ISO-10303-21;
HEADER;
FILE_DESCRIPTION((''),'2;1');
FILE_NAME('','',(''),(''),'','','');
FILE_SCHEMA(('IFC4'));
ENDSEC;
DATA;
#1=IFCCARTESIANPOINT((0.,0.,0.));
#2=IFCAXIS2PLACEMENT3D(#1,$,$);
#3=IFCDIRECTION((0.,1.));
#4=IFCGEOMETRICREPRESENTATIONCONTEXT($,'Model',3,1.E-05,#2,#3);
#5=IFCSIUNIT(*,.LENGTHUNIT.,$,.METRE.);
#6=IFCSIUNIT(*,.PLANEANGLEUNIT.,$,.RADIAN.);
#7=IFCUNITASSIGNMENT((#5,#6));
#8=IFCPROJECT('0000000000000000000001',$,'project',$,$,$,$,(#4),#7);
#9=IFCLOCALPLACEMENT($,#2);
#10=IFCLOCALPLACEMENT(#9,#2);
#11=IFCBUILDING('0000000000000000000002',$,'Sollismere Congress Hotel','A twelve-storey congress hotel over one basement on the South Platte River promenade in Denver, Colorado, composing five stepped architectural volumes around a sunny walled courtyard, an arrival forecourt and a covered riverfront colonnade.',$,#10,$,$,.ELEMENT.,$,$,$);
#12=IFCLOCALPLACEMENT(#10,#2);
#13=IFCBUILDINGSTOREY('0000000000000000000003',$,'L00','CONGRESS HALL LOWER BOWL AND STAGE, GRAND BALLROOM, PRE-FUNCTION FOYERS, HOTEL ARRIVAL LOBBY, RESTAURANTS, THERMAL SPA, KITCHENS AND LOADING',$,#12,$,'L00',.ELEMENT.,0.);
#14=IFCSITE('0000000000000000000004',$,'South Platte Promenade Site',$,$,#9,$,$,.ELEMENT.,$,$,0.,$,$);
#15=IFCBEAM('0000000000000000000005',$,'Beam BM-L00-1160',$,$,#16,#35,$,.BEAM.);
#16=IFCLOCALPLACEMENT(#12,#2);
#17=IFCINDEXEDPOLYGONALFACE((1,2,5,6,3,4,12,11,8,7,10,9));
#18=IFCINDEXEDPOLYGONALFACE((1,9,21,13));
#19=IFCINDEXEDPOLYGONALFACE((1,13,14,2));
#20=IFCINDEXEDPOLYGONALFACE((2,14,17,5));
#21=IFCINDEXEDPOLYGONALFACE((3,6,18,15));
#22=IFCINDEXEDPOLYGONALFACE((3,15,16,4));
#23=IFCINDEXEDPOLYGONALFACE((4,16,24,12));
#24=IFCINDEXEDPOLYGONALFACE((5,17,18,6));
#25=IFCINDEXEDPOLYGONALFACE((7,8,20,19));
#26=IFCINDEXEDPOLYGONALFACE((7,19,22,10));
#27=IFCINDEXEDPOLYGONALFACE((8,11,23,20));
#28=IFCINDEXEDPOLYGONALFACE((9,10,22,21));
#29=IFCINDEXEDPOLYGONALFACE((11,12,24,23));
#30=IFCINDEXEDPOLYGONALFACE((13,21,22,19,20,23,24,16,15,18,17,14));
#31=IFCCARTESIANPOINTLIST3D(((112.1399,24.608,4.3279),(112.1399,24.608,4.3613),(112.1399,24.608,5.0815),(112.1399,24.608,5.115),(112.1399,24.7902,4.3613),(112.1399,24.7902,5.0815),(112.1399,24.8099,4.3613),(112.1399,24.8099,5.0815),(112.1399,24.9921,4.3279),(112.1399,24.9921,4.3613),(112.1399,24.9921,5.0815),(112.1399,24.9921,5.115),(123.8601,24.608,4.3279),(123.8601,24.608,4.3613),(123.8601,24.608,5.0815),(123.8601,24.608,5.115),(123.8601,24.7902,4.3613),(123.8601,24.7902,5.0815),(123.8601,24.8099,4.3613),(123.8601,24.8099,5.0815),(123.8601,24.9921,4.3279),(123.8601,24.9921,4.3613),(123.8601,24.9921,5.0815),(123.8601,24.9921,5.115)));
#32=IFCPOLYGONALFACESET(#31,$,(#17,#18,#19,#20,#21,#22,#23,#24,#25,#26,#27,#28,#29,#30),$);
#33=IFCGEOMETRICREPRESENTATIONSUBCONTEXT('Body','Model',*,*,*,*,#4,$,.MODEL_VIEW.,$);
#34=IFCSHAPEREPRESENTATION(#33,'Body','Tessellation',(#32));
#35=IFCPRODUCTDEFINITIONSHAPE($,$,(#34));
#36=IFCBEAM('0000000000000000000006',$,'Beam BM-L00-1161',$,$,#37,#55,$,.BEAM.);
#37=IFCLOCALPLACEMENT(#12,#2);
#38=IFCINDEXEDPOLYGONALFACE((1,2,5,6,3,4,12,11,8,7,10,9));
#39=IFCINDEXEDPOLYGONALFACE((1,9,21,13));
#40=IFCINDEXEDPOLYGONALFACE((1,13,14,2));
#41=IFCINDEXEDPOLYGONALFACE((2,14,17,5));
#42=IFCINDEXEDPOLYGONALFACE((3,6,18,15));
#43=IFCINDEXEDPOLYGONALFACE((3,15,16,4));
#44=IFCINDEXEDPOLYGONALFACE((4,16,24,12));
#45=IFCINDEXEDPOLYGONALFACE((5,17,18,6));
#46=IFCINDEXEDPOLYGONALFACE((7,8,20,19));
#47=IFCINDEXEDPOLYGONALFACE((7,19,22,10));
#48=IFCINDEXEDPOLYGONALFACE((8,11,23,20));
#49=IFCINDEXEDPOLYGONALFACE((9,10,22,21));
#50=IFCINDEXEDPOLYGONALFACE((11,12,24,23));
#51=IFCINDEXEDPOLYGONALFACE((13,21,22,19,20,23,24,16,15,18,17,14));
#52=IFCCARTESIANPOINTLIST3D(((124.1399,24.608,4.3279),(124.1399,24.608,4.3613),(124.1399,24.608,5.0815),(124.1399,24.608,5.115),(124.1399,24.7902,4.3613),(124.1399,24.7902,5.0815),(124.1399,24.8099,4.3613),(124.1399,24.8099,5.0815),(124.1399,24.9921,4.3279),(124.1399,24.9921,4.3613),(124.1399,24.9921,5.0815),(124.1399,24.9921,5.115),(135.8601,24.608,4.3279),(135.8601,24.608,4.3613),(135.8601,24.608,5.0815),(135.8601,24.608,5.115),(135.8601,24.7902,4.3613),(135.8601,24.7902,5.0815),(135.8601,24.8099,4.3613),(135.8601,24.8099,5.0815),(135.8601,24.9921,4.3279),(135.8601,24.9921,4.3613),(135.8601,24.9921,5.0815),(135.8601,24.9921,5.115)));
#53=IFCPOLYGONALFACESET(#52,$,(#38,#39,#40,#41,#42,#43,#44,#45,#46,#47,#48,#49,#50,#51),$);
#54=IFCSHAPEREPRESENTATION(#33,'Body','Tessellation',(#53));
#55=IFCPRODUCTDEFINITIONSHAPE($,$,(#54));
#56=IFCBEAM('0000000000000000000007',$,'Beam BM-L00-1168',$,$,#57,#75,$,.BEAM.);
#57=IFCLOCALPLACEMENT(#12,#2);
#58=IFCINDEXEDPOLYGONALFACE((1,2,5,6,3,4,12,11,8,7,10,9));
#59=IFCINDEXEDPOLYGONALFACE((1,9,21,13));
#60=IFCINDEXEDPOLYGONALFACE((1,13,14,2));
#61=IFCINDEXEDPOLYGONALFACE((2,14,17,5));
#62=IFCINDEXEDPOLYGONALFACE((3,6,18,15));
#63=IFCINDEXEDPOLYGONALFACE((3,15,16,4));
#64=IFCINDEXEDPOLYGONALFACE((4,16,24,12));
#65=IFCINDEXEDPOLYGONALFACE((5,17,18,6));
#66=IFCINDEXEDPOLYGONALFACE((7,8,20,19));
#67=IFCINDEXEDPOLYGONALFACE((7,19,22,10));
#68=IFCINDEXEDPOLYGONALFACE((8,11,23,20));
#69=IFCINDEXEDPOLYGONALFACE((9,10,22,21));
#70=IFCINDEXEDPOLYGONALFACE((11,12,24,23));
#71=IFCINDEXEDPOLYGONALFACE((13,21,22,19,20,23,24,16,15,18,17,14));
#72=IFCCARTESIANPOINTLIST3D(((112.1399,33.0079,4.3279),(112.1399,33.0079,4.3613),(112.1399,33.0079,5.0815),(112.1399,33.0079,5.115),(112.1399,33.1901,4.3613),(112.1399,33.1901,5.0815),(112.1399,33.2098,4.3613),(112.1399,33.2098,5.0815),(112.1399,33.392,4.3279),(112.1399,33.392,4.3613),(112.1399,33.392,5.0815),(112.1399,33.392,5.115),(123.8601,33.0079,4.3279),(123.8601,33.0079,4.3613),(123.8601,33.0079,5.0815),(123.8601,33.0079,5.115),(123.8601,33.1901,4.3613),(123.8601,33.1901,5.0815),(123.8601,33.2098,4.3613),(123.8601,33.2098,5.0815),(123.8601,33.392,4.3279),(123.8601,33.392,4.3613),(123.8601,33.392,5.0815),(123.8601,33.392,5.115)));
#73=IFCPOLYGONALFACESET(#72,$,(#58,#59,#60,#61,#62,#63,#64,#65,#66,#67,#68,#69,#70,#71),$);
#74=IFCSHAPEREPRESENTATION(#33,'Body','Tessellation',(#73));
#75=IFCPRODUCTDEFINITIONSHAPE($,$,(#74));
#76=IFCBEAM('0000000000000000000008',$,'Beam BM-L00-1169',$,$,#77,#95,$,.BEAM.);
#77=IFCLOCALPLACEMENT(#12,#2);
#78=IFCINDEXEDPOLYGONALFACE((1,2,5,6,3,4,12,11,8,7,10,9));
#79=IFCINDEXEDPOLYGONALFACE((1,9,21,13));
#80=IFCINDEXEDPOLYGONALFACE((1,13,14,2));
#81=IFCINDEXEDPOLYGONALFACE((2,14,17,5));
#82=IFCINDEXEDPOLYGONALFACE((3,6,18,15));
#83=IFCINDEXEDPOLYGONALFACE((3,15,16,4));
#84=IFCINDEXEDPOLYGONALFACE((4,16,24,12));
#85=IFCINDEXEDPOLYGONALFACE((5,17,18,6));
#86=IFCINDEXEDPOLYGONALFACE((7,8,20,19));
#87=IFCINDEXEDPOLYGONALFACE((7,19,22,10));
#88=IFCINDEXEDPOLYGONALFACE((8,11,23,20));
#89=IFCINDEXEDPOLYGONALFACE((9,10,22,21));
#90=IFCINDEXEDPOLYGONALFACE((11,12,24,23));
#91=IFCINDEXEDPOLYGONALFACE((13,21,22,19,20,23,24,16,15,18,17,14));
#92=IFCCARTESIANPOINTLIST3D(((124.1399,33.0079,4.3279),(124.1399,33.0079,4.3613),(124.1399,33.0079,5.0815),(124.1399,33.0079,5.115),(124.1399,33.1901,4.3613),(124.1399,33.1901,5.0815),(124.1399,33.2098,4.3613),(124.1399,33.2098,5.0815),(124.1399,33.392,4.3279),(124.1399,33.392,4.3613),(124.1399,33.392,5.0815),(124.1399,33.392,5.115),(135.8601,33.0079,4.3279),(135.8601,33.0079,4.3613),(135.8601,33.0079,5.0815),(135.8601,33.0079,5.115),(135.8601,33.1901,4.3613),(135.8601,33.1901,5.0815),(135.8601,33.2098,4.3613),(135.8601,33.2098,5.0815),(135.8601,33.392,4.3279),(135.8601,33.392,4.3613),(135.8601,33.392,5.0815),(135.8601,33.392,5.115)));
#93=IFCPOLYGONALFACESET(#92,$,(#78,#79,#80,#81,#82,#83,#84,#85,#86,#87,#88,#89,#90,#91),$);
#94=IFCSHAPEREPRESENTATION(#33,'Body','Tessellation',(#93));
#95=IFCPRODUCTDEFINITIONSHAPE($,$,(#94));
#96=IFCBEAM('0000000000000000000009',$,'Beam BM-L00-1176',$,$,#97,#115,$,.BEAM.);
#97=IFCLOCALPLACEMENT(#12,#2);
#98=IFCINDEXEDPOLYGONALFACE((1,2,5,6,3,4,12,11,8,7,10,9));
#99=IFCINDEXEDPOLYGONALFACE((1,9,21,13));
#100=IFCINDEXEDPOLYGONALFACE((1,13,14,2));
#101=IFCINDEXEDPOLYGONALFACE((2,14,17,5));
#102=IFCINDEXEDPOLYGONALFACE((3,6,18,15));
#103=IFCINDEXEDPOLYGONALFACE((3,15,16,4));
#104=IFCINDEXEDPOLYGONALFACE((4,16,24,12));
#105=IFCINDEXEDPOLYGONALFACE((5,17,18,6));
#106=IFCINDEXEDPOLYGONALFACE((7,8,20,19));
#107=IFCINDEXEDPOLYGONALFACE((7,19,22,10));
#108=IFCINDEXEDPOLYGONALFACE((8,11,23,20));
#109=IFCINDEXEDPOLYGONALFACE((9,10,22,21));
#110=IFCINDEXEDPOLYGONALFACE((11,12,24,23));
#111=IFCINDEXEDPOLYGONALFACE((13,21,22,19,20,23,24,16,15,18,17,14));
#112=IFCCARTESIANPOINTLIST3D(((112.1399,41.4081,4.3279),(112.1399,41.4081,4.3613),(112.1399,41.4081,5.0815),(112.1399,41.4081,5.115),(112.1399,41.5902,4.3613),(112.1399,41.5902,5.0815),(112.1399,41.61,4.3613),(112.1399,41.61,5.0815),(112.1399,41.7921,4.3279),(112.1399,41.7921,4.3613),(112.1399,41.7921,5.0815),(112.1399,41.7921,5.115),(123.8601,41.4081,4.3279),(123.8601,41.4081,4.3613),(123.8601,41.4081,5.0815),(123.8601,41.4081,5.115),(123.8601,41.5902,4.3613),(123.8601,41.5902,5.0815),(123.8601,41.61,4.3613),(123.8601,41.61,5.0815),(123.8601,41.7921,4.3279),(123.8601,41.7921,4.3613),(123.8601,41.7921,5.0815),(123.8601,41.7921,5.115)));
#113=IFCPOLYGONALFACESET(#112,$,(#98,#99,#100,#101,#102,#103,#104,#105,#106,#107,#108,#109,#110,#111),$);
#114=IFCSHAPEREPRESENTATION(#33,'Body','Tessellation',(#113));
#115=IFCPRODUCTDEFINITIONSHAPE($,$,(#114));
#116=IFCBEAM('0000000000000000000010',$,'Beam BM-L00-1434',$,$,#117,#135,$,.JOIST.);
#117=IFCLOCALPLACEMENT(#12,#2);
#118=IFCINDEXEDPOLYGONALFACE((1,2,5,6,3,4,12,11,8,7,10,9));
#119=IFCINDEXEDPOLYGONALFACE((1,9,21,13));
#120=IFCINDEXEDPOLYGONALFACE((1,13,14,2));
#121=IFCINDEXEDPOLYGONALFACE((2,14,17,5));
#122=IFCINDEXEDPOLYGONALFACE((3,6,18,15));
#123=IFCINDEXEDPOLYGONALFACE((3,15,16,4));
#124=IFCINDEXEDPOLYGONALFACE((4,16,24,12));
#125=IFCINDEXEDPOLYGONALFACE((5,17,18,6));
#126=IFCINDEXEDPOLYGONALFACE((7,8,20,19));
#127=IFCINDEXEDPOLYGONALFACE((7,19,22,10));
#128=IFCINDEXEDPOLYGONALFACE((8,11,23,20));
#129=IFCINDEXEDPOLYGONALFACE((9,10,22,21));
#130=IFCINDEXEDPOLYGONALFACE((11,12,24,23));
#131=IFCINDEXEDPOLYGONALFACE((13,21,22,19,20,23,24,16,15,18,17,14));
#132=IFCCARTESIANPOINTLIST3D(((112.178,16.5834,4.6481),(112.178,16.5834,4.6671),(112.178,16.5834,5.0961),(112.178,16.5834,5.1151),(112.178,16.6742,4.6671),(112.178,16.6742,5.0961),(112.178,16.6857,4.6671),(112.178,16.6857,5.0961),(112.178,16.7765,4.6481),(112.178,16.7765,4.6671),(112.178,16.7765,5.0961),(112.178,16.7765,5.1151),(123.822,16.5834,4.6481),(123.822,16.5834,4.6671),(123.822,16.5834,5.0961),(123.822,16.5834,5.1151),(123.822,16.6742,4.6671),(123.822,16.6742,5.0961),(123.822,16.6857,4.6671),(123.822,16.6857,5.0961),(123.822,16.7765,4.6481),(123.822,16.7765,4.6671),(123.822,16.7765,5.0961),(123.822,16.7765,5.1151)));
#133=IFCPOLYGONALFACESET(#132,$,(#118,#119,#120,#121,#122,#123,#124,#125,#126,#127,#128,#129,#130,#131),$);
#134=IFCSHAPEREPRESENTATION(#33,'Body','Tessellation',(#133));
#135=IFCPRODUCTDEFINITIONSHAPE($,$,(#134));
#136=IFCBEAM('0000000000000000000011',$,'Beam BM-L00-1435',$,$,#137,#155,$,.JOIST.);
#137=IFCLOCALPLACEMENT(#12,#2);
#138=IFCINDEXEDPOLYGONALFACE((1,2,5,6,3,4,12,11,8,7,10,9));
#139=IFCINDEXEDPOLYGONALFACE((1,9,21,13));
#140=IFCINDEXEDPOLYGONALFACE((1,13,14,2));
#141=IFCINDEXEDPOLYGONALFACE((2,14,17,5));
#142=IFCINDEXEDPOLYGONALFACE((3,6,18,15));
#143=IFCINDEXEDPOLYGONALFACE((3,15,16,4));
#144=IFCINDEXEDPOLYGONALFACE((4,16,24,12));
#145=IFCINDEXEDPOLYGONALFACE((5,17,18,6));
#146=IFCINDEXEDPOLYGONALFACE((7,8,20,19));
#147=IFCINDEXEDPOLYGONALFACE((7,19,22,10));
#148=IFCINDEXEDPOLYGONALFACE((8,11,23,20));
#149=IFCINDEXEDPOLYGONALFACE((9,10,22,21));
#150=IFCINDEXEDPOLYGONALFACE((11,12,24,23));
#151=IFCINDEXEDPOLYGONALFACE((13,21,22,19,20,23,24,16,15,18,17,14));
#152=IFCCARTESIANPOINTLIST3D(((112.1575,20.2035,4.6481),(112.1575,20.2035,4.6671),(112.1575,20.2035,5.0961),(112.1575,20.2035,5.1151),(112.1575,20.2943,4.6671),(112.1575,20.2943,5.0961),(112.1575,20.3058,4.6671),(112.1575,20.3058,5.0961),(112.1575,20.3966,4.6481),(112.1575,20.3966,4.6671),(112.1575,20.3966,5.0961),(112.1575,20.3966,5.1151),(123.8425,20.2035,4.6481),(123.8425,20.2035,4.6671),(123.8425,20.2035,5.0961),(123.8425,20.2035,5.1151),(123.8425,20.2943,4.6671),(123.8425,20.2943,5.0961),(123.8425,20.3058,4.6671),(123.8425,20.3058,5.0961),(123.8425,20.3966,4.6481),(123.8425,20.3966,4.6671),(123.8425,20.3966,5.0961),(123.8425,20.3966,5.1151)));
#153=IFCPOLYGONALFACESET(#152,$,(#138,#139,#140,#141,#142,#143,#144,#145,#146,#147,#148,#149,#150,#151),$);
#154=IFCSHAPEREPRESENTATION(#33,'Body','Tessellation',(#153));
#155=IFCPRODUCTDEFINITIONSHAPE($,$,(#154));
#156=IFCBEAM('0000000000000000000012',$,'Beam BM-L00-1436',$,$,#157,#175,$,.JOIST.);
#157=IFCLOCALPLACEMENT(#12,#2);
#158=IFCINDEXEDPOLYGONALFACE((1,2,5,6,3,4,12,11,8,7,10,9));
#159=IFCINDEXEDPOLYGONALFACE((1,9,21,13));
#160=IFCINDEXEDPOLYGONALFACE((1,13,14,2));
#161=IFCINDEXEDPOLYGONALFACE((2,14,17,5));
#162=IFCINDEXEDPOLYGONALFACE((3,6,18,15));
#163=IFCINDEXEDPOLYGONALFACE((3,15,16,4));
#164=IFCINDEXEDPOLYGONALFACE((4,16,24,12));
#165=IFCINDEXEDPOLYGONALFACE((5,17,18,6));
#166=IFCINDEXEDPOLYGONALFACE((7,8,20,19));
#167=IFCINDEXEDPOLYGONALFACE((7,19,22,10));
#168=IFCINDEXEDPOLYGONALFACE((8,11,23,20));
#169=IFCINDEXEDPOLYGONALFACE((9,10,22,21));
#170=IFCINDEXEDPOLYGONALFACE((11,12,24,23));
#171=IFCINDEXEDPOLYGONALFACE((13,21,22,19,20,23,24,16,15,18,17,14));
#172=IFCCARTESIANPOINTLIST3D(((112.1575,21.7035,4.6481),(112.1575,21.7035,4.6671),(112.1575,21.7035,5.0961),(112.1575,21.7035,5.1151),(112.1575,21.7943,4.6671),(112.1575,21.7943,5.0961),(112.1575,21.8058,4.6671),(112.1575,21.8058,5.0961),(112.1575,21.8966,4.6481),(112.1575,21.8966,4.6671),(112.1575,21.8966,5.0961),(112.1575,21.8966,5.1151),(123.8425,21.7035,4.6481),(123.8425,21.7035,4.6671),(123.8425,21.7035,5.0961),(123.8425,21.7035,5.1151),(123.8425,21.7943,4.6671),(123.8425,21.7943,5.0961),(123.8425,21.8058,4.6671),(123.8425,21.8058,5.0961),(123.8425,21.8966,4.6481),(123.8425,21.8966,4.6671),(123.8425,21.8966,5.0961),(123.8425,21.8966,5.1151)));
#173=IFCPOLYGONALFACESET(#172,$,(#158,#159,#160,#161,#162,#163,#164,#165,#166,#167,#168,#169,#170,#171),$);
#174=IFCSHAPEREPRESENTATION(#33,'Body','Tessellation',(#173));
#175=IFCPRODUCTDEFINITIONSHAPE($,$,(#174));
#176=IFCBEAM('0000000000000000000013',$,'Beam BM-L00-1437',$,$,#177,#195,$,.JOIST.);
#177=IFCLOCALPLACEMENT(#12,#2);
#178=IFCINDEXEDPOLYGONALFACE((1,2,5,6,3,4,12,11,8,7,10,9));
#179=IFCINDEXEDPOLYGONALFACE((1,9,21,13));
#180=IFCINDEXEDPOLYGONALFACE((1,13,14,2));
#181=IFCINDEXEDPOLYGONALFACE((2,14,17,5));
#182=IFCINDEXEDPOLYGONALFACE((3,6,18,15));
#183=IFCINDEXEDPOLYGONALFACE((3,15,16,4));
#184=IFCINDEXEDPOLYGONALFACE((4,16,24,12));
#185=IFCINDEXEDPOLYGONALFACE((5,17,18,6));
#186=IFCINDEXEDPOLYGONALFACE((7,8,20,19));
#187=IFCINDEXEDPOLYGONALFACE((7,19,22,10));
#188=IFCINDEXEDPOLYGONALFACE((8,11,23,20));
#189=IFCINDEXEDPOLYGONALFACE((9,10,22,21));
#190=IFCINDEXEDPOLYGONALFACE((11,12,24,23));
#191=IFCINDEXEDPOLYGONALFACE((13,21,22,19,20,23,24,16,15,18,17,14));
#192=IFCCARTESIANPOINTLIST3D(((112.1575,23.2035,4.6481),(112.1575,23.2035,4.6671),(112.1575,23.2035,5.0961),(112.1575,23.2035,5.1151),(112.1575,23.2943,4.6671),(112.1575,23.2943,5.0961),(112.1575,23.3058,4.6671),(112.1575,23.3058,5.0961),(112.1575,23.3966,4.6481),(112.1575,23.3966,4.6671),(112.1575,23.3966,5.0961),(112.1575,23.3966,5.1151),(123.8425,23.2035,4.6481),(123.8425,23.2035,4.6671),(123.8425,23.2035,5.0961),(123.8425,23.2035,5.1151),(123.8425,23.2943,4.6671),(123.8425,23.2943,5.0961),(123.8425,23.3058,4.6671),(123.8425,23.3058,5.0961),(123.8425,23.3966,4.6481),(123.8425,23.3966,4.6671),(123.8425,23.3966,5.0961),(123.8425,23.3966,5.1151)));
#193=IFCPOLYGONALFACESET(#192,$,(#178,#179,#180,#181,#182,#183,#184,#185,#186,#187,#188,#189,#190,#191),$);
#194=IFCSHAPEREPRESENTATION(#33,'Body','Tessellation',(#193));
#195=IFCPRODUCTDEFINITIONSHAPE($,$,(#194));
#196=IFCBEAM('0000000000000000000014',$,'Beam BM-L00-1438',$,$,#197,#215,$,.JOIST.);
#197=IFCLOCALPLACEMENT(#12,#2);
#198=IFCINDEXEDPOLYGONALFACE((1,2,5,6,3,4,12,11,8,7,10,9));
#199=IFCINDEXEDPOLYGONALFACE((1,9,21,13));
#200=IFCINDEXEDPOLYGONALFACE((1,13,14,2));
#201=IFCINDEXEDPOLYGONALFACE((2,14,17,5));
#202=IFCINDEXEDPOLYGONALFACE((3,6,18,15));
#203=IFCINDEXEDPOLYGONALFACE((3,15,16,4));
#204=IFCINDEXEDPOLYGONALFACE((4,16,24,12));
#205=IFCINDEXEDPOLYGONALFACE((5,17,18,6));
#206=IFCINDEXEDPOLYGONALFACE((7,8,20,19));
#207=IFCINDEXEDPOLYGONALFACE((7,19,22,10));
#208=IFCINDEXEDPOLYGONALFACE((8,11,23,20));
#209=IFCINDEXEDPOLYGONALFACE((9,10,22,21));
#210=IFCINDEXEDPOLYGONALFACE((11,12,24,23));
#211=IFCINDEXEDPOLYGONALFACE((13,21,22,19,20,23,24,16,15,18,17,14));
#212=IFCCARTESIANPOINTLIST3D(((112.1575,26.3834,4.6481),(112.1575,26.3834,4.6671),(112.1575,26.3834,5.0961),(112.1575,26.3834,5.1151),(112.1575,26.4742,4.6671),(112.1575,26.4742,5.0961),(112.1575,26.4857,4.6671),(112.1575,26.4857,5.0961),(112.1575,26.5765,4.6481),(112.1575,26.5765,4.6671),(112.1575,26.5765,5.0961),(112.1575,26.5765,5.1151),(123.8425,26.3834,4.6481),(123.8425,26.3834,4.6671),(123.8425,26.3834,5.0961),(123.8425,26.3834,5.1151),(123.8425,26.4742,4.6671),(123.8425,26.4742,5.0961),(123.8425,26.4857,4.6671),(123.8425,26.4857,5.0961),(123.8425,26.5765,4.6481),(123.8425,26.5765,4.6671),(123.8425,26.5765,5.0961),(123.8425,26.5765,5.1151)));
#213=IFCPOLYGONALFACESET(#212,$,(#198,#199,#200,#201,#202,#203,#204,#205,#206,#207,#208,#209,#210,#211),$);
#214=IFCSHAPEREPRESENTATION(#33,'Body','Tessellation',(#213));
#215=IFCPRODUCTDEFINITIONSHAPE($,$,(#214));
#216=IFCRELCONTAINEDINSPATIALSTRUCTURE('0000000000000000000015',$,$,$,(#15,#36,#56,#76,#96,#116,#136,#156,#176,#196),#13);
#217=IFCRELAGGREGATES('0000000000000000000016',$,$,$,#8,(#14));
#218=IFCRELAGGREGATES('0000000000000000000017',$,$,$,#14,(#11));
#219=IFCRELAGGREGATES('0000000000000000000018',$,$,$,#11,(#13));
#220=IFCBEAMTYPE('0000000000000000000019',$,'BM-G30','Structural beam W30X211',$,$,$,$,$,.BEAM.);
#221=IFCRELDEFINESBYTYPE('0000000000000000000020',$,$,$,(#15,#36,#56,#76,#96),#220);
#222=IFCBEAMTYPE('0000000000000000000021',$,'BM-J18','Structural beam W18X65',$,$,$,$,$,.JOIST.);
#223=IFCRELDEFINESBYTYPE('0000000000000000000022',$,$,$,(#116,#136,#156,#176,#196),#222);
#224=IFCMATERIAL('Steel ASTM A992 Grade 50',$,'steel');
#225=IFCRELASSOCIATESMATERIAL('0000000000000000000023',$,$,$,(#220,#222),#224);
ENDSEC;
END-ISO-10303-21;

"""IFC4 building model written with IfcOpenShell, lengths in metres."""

from ifc_helpers import new_model, si_unit, direction, frame, origin, origin_2d, place, context, subcontext, project, spatial, i_section, extrude, material, material_profile, profile_set, type_object, element, save


model = new_model("IFC4")

# Units and contexts
model_context = context("Model", 3, precision=1e-05, world=origin(), true_north=direction((0.0, 1.0)))
body_context = subcontext(model_context, "Body", "Model", "MODEL_VIEW")
ifc_project = project(units=[si_unit("LENGTHUNIT", "METRE"), si_unit("PLANEANGLEUNIT", "RADIAN")], contexts=[model_context])

# Site, building, storey
site_placement = place(None, origin())
site = spatial("IfcSite", under=ifc_project, at=site_placement, Name="South Platte Promenade Site", CompositionType="ELEMENT", RefElevation=0.0)
building_placement = place(site_placement, origin())
building = spatial("IfcBuilding", under=site, at=building_placement, Name="Sollismere Congress Hotel", Description="A twelve-storey congress hotel over one basement on the South Platte River promenade in Denver, Colorado, composing five stepped architectural volumes around a sunny walled courtyard, an arrival forecourt and a covered riverfront colonnade.", CompositionType="ELEMENT")
storey_placement = place(building_placement, origin())
storey = spatial("IfcBuildingStorey", under=building, at=storey_placement, Name="L00", Description="CONGRESS HALL LOWER BOWL AND STAGE, GRAND BALLROOM, PRE-FUNCTION FOYERS, HOTEL ARRIVAL LOBBY, RESTAURANTS, THERMAL SPA, KITCHENS AND LOADING", LongName="L00", CompositionType="ELEMENT", Elevation=0.0)

# Shared definitions
ifc_material_1 = material(Name="Steel ASTM A992 Grade 50", Category="steel")

# Beams
ifc_material_profile_1 = material_profile(ifc_material_1, i_section(OverallWidth=0.384, OverallDepth=0.7871, WebThickness=0.0198, FlangeThickness=0.0334, at=origin_2d()), Name="W30X211")
ifc_profile_set_1 = profile_set([ifc_material_profile_1], Name="Steel ASTM A992 Grade 50")
beam_type_1 = type_object("IfcBeamType", Name="BM-G30", Description="Structural beam W30X211", PredefinedType="BEAM", material=ifc_profile_set_1)
for number, where, z_axis, x_axis, name in (
    (1, (112.1399, 24.8, 4.7214), (1.0, 0.0, 0.0), (0.0, 1.0, 0.0), "Beam BM-L00-1160"),
    (2, (124.1399, 24.8, 4.7214), (1.0, 0.0, 0.0), (0.0, 1.0, 0.0), "Beam BM-L00-1161"),
    (3, (112.1399, 33.2, 4.7214), (1.0, 0.0, 0.0), (0.0, 1.0, 0.0), "Beam BM-L00-1168"),
    (4, (124.1399, 33.2, 4.7214), (1.0, 0.0, 0.0), (0.0, 1.0, 0.0), "Beam BM-L00-1169"),
    (5, (112.1399, 41.6001, 4.7214), (1.0, 0.0, 0.0), (0.0, 1.0, 0.0), "Beam BM-L00-1176"),
):
    element("IfcBeam", number, at=place(storey_placement, frame(where, z_axis=z_axis, x_axis=x_axis)), inside=storey, type_object=beam_type_1, Name=name, PredefinedType="BEAM", context=body_context, shape_type="SweptSolid", body=[
        extrude(i_section(OverallWidth=0.384, OverallDepth=0.7871, WebThickness=0.0198, FlangeThickness=0.0334, at=origin_2d()), origin(), (0.0, 0.0, 1.0), 11.7202),
    ])
ifc_material_profile_2 = material_profile(ifc_material_1, i_section(OverallWidth=0.1931, OverallDepth=0.467, WebThickness=0.0115, FlangeThickness=0.019, at=origin_2d()), Name="W18X65")
ifc_profile_set_2 = profile_set([ifc_material_profile_2], Name="Steel ASTM A992 Grade 50")
beam_type_2 = type_object("IfcBeamType", Name="BM-J18", Description="Structural beam W18X65", PredefinedType="JOIST", material=ifc_profile_set_2)
beam_1_placement = place(storey_placement, frame((112.178, 16.6799, 4.8816), z_axis=(1.0, 0.0, 0.0), x_axis=(0.0, 1.0, 0.0)))
element("IfcBeam", 6, at=beam_1_placement, inside=storey, type_object=beam_type_2, Name="Beam BM-L00-1434", PredefinedType="JOIST", context=body_context, shape_type="SweptSolid", body=[
    extrude(i_section(OverallWidth=0.1931, OverallDepth=0.467, WebThickness=0.0115, FlangeThickness=0.019, at=origin_2d()), origin(), (0.0, 0.0, 1.0), 11.644),
])
for number, where, z_axis, x_axis, name in (
    (7, (112.1575, 20.3, 4.8816), (1.0, 0.0, 0.0), (0.0, 1.0, 0.0), "Beam BM-L00-1435"),
    (8, (112.1575, 21.8, 4.8816), (1.0, 0.0, 0.0), (0.0, 1.0, 0.0), "Beam BM-L00-1436"),
    (9, (112.1575, 23.3, 4.8816), (1.0, 0.0, 0.0), (0.0, 1.0, 0.0), "Beam BM-L00-1437"),
    (10, (112.1575, 26.48, 4.8816), (1.0, 0.0, 0.0), (0.0, 1.0, 0.0), "Beam BM-L00-1438"),
):
    element("IfcBeam", number, at=place(storey_placement, frame(where, z_axis=z_axis, x_axis=x_axis)), inside=storey, type_object=beam_type_2, Name=name, PredefinedType="JOIST", context=body_context, shape_type="SweptSolid", body=[
        extrude(i_section(OverallWidth=0.1931, OverallDepth=0.467, WebThickness=0.0115, FlangeThickness=0.019, at=origin_2d()), origin(), (0.0, 0.0, 1.0), 11.6851),
    ])

save(model, "model.ifc")
